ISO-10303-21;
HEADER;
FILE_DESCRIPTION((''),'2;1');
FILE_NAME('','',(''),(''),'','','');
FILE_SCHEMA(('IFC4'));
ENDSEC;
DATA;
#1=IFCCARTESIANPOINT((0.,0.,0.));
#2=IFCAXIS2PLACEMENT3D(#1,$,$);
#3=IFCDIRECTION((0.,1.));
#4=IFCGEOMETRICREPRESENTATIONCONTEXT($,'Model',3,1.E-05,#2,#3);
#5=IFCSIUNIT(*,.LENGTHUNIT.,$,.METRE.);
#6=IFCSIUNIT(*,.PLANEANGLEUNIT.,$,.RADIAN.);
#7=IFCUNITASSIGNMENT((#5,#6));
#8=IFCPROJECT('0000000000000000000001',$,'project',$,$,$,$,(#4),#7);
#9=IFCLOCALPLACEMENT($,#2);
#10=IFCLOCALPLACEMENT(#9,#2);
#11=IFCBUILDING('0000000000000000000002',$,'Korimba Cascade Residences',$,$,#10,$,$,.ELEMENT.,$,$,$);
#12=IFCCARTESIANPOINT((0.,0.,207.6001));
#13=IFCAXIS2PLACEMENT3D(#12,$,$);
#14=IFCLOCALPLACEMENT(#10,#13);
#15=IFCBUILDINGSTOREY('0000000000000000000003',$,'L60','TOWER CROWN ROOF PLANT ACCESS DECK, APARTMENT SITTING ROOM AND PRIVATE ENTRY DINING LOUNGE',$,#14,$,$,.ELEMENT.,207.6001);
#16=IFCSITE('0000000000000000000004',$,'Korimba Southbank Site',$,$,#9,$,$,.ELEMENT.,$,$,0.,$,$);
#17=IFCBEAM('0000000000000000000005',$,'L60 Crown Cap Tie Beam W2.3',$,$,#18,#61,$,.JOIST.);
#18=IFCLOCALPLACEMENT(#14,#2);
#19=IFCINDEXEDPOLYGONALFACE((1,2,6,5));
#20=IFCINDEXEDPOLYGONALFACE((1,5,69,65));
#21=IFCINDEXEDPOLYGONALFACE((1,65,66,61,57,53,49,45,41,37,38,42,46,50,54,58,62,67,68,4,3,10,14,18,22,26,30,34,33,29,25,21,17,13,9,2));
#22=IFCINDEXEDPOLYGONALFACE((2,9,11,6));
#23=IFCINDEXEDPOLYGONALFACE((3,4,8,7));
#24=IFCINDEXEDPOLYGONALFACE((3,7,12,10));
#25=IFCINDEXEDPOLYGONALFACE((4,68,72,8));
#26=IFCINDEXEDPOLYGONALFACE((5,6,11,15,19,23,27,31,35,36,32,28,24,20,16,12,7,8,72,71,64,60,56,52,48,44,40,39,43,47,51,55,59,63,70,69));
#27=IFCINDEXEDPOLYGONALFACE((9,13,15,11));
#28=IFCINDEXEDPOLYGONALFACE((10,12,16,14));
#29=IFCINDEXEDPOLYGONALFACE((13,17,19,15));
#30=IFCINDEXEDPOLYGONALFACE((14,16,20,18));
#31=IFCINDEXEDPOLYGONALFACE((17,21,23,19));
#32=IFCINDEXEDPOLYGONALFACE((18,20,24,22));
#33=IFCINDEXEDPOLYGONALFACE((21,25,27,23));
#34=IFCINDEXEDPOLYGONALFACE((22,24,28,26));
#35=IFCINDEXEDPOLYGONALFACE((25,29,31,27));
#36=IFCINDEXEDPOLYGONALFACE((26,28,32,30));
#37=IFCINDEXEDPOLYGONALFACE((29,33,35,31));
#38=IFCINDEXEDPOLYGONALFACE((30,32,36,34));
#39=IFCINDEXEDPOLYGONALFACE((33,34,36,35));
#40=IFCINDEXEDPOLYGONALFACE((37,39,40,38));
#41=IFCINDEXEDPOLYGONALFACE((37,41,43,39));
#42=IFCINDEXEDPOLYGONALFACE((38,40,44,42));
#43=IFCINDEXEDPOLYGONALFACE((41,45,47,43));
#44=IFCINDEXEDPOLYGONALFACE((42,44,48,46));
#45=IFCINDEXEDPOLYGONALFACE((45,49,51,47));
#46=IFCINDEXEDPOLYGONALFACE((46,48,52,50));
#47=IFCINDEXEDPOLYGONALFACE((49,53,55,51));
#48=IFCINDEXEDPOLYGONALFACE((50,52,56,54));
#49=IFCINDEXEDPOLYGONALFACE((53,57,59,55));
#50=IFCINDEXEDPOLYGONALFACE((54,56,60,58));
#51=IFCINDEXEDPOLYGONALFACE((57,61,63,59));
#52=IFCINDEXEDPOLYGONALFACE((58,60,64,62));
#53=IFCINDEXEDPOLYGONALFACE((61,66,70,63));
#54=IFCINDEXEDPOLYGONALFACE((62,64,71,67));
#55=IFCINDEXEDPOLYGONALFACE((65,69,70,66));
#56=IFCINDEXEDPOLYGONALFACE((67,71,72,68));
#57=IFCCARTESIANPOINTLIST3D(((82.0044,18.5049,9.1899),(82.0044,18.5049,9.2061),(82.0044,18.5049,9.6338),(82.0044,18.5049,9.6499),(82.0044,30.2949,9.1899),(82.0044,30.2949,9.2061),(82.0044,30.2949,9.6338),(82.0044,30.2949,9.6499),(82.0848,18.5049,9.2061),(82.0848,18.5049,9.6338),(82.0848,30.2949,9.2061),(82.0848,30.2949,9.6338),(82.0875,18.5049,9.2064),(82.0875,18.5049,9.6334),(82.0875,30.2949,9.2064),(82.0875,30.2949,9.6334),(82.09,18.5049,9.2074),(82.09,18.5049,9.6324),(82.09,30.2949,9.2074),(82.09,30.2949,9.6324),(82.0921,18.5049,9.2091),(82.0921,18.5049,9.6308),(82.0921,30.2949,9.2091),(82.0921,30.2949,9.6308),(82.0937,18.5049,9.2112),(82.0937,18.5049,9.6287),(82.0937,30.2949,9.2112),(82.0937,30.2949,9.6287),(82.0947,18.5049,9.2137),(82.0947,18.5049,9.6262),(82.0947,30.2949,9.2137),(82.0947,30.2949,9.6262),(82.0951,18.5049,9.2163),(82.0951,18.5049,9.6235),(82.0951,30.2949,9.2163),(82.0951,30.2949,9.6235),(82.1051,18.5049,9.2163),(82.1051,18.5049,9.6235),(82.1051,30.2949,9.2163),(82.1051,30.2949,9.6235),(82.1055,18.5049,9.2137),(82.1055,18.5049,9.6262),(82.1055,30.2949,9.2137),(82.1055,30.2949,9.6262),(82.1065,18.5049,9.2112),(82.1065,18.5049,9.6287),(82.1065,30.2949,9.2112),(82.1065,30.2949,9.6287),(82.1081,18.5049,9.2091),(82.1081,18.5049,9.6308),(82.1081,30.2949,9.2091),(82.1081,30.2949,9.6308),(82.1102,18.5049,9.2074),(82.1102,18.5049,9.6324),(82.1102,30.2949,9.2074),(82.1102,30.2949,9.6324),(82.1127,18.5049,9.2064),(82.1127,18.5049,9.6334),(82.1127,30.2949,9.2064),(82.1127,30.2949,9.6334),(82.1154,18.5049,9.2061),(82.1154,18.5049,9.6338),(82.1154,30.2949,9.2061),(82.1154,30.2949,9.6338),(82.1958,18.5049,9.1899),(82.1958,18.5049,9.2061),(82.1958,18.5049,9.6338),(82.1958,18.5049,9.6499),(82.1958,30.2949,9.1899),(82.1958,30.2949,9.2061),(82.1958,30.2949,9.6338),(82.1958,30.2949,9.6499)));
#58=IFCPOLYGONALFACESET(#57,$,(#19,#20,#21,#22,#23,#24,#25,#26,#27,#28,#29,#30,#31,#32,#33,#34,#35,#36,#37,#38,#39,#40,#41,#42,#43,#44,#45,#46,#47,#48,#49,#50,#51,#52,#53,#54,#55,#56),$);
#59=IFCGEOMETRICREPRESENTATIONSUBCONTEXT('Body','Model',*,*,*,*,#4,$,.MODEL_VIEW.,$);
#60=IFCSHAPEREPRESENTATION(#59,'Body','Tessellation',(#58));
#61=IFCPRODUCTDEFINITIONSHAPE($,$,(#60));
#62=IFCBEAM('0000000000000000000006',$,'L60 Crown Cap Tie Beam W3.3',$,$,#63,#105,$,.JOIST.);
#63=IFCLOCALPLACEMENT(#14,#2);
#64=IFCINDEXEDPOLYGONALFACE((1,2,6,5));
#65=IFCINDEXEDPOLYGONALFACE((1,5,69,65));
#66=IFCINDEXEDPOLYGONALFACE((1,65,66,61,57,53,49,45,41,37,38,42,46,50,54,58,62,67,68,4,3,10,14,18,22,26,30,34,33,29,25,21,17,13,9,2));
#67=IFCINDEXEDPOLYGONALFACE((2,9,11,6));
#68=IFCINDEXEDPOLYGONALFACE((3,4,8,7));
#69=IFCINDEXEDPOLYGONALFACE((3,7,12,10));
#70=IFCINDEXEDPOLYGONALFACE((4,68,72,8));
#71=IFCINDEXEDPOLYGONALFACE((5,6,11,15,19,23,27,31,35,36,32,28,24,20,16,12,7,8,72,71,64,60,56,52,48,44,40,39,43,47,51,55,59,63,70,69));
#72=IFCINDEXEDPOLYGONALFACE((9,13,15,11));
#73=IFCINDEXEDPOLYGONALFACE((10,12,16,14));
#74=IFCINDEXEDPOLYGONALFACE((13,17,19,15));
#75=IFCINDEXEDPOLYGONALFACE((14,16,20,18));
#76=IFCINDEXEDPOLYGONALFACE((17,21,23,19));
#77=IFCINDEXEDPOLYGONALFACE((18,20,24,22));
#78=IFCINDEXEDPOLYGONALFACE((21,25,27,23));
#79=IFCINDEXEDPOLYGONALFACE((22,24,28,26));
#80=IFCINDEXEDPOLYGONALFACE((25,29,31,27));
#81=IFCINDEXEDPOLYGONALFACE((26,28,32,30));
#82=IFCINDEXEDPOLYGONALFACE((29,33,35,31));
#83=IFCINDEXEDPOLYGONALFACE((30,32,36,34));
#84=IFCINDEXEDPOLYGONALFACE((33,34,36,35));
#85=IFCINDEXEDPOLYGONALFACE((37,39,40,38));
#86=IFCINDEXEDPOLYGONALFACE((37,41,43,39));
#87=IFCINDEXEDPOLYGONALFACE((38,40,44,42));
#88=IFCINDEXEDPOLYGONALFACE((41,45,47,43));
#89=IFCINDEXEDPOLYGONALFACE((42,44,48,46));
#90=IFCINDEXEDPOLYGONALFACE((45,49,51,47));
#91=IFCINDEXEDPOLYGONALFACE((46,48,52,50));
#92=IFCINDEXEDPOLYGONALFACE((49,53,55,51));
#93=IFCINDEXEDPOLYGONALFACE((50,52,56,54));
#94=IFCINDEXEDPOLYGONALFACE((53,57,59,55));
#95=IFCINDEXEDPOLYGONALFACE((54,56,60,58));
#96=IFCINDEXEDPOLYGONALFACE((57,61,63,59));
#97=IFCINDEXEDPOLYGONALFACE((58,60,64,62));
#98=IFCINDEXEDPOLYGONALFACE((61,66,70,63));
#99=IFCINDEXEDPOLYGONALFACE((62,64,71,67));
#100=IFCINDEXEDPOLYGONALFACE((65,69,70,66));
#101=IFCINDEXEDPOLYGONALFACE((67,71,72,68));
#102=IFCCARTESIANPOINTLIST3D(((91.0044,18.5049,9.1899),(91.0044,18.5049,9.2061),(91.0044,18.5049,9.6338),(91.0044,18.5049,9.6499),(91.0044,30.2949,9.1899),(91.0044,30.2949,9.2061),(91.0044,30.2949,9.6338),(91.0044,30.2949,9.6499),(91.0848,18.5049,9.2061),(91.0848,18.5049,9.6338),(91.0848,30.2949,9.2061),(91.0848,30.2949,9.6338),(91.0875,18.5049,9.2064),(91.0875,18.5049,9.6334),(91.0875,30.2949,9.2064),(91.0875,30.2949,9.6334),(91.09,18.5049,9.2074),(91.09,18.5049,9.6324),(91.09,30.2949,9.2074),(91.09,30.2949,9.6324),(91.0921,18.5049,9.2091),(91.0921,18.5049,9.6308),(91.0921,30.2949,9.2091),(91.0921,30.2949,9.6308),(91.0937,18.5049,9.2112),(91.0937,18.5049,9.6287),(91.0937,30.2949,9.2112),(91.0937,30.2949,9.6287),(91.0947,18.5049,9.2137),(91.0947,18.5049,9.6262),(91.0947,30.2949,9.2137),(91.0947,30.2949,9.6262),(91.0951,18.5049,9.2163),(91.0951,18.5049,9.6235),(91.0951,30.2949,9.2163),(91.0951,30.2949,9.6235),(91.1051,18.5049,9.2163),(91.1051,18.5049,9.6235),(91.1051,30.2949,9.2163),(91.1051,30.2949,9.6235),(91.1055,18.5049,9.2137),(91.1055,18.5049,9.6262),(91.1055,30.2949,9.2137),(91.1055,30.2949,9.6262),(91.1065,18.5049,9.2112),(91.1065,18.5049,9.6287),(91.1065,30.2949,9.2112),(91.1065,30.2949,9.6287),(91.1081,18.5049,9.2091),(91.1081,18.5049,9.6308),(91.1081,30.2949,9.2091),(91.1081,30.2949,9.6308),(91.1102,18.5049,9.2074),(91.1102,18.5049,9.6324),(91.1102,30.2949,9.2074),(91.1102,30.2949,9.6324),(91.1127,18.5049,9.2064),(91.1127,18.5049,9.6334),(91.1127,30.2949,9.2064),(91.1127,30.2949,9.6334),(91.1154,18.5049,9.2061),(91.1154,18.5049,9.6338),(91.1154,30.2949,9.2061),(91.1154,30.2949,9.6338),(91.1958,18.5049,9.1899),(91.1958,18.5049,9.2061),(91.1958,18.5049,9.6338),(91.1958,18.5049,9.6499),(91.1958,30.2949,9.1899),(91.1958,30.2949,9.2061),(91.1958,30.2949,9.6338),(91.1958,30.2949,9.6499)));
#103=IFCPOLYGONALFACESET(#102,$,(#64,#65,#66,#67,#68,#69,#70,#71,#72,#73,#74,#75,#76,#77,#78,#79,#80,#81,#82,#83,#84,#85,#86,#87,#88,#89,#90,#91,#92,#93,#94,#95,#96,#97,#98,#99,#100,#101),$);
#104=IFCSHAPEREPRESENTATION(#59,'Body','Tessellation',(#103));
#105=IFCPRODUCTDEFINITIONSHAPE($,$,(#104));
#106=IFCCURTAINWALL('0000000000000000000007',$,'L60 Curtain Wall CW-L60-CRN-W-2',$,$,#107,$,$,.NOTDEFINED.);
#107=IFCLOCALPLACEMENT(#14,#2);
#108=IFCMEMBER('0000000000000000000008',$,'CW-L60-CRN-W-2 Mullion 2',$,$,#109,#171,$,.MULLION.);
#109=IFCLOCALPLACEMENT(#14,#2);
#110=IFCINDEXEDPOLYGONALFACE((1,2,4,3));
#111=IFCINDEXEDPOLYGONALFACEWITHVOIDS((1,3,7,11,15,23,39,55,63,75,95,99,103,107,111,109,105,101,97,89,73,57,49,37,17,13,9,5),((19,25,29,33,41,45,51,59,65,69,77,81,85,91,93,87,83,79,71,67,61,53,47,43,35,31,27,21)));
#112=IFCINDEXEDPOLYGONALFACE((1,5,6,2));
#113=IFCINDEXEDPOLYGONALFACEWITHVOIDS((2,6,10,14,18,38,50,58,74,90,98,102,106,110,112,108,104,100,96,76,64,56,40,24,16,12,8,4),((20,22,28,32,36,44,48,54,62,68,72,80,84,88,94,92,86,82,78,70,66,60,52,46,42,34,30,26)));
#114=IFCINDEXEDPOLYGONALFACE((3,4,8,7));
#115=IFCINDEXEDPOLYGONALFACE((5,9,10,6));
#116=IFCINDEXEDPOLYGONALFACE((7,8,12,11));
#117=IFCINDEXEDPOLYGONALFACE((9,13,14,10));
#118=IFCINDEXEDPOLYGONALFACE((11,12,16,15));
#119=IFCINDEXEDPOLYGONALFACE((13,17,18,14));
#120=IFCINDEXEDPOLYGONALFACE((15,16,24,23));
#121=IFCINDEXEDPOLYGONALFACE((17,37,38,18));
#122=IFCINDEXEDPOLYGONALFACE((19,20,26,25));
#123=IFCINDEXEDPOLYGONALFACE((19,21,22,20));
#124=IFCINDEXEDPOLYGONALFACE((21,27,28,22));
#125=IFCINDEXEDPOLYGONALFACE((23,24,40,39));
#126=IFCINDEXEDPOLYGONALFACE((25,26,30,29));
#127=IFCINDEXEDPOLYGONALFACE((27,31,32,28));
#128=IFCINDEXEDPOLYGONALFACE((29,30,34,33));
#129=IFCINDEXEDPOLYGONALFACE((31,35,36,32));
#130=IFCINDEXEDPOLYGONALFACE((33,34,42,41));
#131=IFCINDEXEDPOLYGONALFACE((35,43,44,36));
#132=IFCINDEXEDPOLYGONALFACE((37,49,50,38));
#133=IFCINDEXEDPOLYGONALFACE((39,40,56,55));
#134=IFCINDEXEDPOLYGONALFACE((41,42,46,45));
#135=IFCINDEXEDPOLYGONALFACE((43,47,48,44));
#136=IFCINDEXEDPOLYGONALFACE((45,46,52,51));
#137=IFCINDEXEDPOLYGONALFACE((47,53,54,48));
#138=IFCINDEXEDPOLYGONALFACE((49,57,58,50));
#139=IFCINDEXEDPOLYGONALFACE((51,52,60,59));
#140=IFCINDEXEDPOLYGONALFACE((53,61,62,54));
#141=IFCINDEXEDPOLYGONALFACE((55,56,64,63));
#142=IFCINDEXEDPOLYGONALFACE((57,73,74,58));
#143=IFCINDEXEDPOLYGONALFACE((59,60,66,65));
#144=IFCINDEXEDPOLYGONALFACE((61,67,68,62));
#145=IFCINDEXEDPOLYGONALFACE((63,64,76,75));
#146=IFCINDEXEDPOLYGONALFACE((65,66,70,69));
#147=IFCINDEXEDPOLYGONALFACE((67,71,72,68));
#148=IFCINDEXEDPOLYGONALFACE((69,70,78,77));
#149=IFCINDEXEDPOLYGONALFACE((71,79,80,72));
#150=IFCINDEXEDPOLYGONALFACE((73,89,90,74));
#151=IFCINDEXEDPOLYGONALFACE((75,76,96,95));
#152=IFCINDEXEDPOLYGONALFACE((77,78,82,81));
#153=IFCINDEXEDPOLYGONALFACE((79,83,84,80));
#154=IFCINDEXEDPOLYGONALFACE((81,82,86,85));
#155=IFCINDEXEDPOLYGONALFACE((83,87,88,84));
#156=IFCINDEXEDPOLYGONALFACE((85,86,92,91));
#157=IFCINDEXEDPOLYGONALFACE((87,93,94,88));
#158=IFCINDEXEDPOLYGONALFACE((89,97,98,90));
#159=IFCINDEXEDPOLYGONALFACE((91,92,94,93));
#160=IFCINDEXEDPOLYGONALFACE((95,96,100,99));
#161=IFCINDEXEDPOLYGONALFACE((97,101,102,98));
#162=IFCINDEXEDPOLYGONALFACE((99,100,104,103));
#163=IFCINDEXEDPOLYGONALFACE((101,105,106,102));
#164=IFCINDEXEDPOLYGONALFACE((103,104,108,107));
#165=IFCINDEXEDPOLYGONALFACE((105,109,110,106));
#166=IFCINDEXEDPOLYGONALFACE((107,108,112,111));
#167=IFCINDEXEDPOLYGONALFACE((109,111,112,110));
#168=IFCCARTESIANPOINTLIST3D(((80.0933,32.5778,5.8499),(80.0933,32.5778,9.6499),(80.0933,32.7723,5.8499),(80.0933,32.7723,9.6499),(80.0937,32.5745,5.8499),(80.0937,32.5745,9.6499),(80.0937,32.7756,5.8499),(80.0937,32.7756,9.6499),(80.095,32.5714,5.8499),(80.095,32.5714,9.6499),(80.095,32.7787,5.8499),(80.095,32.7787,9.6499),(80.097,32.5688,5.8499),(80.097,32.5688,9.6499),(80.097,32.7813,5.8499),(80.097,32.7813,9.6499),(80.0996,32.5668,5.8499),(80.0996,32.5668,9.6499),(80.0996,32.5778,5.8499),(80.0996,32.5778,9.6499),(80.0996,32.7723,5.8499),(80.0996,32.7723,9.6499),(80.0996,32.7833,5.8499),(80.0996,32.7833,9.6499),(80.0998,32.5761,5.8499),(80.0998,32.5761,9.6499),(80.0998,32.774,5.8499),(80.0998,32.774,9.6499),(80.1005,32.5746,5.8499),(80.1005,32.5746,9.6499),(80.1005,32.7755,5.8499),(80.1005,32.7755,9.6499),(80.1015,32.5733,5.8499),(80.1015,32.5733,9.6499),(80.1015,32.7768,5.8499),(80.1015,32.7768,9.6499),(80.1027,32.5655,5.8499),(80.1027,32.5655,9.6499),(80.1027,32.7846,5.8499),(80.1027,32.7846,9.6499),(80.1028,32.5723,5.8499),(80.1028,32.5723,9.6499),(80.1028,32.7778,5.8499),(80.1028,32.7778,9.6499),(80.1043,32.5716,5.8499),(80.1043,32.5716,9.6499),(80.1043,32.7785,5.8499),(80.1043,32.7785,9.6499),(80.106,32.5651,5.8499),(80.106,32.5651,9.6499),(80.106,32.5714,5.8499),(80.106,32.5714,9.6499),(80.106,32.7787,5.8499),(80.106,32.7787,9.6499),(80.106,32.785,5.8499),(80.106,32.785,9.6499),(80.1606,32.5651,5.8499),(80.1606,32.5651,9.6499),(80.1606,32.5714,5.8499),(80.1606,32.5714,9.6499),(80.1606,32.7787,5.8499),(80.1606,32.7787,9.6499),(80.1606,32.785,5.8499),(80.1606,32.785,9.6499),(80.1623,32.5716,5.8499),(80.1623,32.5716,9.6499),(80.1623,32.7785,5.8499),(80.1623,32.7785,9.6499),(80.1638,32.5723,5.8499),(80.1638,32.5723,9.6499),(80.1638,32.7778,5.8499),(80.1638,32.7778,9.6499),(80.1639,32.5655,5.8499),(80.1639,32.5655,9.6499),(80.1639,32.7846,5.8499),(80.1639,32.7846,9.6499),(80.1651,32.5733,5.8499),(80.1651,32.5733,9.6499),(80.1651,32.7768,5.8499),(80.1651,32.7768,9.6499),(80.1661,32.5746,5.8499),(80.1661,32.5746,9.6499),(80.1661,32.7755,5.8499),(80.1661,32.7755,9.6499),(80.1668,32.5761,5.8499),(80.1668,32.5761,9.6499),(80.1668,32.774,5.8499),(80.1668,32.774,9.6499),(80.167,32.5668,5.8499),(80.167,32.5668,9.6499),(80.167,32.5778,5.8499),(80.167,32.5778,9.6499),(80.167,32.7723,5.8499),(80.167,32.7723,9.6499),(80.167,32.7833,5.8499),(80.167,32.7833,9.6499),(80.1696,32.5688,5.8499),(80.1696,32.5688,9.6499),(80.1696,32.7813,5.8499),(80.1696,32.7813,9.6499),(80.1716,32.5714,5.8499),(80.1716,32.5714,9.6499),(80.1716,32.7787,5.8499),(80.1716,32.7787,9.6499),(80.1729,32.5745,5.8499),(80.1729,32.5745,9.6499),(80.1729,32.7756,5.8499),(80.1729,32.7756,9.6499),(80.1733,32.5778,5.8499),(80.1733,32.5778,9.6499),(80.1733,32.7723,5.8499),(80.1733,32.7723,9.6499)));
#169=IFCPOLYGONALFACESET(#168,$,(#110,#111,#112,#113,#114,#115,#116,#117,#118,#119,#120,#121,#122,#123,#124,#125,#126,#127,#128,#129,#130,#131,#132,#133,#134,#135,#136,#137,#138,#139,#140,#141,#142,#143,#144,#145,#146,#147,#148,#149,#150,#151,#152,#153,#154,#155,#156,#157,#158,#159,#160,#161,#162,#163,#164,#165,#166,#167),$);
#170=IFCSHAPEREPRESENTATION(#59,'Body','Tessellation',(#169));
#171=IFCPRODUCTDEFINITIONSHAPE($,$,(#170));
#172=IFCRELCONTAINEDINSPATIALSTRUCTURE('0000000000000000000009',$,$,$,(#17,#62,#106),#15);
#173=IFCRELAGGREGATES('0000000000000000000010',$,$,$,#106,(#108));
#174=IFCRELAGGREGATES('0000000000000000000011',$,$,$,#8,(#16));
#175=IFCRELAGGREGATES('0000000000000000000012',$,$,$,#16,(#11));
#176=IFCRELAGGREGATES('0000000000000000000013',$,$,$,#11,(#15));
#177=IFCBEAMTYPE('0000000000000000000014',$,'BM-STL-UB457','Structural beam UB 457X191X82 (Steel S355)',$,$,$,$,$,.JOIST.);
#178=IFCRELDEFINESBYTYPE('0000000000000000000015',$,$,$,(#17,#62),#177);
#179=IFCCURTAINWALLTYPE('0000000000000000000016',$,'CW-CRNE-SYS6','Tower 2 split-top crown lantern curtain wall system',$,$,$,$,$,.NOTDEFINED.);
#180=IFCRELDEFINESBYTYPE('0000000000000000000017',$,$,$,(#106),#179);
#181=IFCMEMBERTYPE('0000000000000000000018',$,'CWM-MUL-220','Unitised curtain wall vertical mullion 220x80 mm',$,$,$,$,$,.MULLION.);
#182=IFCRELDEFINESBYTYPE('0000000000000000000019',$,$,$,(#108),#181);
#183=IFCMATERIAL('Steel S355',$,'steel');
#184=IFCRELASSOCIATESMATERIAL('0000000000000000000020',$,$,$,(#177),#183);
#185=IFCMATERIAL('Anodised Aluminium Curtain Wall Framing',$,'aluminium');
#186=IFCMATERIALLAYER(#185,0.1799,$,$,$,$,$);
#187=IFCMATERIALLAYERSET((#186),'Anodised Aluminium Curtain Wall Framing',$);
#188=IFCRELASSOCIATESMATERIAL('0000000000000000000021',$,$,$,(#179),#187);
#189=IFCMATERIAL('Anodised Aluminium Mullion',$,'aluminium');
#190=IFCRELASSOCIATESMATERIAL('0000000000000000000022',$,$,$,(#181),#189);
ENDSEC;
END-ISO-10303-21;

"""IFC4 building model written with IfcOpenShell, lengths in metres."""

from ifc_helpers import new_model, si_unit, direction, frame, origin, origin_2d, place, context, subcontext, project, spatial, hollow_rectangle, i_section, extrude, material, layer, layer_set, material_profile, profile_set, type_object, element, aggregate, save


model = new_model("IFC4")

# Units and contexts
model_context = context("Model", 3, precision=1e-05, world=origin(), true_north=direction((0.0, 1.0)))
body_context = subcontext(model_context, "Body", "Model", "MODEL_VIEW")
ifc_project = project(units=[si_unit("LENGTHUNIT", "METRE"), si_unit("PLANEANGLEUNIT", "RADIAN")], contexts=[model_context])

# Site, building, storey
site_placement = place(None, origin())
site = spatial("IfcSite", under=ifc_project, at=site_placement, Name="Korimba Southbank Site", CompositionType="ELEMENT", RefElevation=0.0)
building_placement = place(site_placement, origin())
building = spatial("IfcBuilding", under=site, at=building_placement, Name="Korimba Cascade Residences", CompositionType="ELEMENT")
storey_placement = place(building_placement, frame((0.0, 0.0, 207.6001)))
storey = spatial("IfcBuildingStorey", under=building, at=storey_placement, Name="L60", Description="TOWER CROWN ROOF PLANT ACCESS DECK, APARTMENT SITTING ROOM AND PRIVATE ENTRY DINING LOUNGE", CompositionType="ELEMENT", Elevation=207.6001)

# Shared definitions
ifc_material_1 = material(Name="Steel S355", Category="steel")

# Beams
ifc_material_profile_1 = material_profile(ifc_material_1, i_section(OverallWidth=0.1914, OverallDepth=0.46, WebThickness=0.01, FlangeThickness=0.0161, FilletRadius=0.0103, at=origin_2d()), Name="Steel S355")
ifc_profile_set_1 = profile_set([ifc_material_profile_1], Name="Steel S355")
beam_type_1 = type_object("IfcBeamType", Name="BM-STL-UB457", Description="Structural beam UB 457X191X82 (Steel S355)", PredefinedType="JOIST", material=ifc_profile_set_1)
for number, where, z_axis, x_axis, name in (
    (1, (82.1001, 18.5049, 9.4199), (0.0, 1.0, 0.0), (-1.0, 0.0, 0.0), "L60 Crown Cap Tie Beam W2.3"),
    (2, (91.1001, 18.5049, 9.4199), (0.0, 1.0, 0.0), (-1.0, 0.0, 0.0), "L60 Crown Cap Tie Beam W3.3"),
):
    element("IfcBeam", number, at=place(storey_placement, frame(where, z_axis=z_axis, x_axis=x_axis)), inside=storey, type_object=beam_type_1, Name=name, PredefinedType="JOIST", context=body_context, shape_type="SweptSolid", body=[
        extrude(i_section(OverallWidth=0.1914, OverallDepth=0.46, WebThickness=0.01, FlangeThickness=0.0161, FilletRadius=0.0103, at=origin_2d()), origin(), (0.0, 0.0, 1.0), 11.79),
    ])

# Curtain wall, member
ifc_material_2 = material(Name="Anodised Aluminium Curtain Wall Framing", Category="aluminium")
ifc_layer_1 = layer(ifc_material_2, 0.1799)
ifc_layer_set_1 = layer_set([ifc_layer_1], Name="Anodised Aluminium Curtain Wall Framing")
curtain_wall_type = type_object("IfcCurtainWallType", Name="CW-CRNE-SYS6", Description="Tower 2 split-top crown lantern curtain wall system", PredefinedType="NOTDEFINED", material=ifc_layer_set_1)
curtain_wall_placement = place(storey_placement, origin())
curtain_wall = element("IfcCurtainWall", 3, at=curtain_wall_placement, inside=storey, type_object=curtain_wall_type, Name="L60 Curtain Wall CW-L60-CRN-W-2", PredefinedType="NOTDEFINED")
ifc_material_3 = material(Name="Anodised Aluminium Mullion", Category="aluminium")
ifc_material_profile_2 = material_profile(ifc_material_3, hollow_rectangle(XDim=0.0801, YDim=0.22, WallThickness=0.0063, InnerFilletRadius=0.0063, OuterFilletRadius=0.0127, at=origin_2d()), Name="Anodised Aluminium Mullion")
ifc_profile_set_2 = profile_set([ifc_material_profile_2], Name="Anodised Aluminium Mullion")
member_type_1 = type_object("IfcMemberType", Name="CWM-MUL-220", Description="Unitised curtain wall vertical mullion 220x80 mm", PredefinedType="MULLION", material=ifc_profile_set_2)
member_1_placement = place(storey_placement, frame((80.1333, 32.675, 5.8499), z_axis=(0.0, 0.0, 1.0), x_axis=(1.0, 0.0, 0.0)))
member_1 = element("IfcMember", 4, at=member_1_placement, type_object=member_type_1, Name="CW-L60-CRN-W-2 Mullion 2", PredefinedType="MULLION", context=body_context, shape_type="SweptSolid", body=[
    extrude(hollow_rectangle(XDim=0.0801, YDim=0.22, WallThickness=0.0063, InnerFilletRadius=0.0063, OuterFilletRadius=0.0127, at=origin_2d()), origin(), (0.0, 0.0, 1.0), 3.8),
])

aggregate(curtain_wall, [member_1])

save(model, "model.ifc")
